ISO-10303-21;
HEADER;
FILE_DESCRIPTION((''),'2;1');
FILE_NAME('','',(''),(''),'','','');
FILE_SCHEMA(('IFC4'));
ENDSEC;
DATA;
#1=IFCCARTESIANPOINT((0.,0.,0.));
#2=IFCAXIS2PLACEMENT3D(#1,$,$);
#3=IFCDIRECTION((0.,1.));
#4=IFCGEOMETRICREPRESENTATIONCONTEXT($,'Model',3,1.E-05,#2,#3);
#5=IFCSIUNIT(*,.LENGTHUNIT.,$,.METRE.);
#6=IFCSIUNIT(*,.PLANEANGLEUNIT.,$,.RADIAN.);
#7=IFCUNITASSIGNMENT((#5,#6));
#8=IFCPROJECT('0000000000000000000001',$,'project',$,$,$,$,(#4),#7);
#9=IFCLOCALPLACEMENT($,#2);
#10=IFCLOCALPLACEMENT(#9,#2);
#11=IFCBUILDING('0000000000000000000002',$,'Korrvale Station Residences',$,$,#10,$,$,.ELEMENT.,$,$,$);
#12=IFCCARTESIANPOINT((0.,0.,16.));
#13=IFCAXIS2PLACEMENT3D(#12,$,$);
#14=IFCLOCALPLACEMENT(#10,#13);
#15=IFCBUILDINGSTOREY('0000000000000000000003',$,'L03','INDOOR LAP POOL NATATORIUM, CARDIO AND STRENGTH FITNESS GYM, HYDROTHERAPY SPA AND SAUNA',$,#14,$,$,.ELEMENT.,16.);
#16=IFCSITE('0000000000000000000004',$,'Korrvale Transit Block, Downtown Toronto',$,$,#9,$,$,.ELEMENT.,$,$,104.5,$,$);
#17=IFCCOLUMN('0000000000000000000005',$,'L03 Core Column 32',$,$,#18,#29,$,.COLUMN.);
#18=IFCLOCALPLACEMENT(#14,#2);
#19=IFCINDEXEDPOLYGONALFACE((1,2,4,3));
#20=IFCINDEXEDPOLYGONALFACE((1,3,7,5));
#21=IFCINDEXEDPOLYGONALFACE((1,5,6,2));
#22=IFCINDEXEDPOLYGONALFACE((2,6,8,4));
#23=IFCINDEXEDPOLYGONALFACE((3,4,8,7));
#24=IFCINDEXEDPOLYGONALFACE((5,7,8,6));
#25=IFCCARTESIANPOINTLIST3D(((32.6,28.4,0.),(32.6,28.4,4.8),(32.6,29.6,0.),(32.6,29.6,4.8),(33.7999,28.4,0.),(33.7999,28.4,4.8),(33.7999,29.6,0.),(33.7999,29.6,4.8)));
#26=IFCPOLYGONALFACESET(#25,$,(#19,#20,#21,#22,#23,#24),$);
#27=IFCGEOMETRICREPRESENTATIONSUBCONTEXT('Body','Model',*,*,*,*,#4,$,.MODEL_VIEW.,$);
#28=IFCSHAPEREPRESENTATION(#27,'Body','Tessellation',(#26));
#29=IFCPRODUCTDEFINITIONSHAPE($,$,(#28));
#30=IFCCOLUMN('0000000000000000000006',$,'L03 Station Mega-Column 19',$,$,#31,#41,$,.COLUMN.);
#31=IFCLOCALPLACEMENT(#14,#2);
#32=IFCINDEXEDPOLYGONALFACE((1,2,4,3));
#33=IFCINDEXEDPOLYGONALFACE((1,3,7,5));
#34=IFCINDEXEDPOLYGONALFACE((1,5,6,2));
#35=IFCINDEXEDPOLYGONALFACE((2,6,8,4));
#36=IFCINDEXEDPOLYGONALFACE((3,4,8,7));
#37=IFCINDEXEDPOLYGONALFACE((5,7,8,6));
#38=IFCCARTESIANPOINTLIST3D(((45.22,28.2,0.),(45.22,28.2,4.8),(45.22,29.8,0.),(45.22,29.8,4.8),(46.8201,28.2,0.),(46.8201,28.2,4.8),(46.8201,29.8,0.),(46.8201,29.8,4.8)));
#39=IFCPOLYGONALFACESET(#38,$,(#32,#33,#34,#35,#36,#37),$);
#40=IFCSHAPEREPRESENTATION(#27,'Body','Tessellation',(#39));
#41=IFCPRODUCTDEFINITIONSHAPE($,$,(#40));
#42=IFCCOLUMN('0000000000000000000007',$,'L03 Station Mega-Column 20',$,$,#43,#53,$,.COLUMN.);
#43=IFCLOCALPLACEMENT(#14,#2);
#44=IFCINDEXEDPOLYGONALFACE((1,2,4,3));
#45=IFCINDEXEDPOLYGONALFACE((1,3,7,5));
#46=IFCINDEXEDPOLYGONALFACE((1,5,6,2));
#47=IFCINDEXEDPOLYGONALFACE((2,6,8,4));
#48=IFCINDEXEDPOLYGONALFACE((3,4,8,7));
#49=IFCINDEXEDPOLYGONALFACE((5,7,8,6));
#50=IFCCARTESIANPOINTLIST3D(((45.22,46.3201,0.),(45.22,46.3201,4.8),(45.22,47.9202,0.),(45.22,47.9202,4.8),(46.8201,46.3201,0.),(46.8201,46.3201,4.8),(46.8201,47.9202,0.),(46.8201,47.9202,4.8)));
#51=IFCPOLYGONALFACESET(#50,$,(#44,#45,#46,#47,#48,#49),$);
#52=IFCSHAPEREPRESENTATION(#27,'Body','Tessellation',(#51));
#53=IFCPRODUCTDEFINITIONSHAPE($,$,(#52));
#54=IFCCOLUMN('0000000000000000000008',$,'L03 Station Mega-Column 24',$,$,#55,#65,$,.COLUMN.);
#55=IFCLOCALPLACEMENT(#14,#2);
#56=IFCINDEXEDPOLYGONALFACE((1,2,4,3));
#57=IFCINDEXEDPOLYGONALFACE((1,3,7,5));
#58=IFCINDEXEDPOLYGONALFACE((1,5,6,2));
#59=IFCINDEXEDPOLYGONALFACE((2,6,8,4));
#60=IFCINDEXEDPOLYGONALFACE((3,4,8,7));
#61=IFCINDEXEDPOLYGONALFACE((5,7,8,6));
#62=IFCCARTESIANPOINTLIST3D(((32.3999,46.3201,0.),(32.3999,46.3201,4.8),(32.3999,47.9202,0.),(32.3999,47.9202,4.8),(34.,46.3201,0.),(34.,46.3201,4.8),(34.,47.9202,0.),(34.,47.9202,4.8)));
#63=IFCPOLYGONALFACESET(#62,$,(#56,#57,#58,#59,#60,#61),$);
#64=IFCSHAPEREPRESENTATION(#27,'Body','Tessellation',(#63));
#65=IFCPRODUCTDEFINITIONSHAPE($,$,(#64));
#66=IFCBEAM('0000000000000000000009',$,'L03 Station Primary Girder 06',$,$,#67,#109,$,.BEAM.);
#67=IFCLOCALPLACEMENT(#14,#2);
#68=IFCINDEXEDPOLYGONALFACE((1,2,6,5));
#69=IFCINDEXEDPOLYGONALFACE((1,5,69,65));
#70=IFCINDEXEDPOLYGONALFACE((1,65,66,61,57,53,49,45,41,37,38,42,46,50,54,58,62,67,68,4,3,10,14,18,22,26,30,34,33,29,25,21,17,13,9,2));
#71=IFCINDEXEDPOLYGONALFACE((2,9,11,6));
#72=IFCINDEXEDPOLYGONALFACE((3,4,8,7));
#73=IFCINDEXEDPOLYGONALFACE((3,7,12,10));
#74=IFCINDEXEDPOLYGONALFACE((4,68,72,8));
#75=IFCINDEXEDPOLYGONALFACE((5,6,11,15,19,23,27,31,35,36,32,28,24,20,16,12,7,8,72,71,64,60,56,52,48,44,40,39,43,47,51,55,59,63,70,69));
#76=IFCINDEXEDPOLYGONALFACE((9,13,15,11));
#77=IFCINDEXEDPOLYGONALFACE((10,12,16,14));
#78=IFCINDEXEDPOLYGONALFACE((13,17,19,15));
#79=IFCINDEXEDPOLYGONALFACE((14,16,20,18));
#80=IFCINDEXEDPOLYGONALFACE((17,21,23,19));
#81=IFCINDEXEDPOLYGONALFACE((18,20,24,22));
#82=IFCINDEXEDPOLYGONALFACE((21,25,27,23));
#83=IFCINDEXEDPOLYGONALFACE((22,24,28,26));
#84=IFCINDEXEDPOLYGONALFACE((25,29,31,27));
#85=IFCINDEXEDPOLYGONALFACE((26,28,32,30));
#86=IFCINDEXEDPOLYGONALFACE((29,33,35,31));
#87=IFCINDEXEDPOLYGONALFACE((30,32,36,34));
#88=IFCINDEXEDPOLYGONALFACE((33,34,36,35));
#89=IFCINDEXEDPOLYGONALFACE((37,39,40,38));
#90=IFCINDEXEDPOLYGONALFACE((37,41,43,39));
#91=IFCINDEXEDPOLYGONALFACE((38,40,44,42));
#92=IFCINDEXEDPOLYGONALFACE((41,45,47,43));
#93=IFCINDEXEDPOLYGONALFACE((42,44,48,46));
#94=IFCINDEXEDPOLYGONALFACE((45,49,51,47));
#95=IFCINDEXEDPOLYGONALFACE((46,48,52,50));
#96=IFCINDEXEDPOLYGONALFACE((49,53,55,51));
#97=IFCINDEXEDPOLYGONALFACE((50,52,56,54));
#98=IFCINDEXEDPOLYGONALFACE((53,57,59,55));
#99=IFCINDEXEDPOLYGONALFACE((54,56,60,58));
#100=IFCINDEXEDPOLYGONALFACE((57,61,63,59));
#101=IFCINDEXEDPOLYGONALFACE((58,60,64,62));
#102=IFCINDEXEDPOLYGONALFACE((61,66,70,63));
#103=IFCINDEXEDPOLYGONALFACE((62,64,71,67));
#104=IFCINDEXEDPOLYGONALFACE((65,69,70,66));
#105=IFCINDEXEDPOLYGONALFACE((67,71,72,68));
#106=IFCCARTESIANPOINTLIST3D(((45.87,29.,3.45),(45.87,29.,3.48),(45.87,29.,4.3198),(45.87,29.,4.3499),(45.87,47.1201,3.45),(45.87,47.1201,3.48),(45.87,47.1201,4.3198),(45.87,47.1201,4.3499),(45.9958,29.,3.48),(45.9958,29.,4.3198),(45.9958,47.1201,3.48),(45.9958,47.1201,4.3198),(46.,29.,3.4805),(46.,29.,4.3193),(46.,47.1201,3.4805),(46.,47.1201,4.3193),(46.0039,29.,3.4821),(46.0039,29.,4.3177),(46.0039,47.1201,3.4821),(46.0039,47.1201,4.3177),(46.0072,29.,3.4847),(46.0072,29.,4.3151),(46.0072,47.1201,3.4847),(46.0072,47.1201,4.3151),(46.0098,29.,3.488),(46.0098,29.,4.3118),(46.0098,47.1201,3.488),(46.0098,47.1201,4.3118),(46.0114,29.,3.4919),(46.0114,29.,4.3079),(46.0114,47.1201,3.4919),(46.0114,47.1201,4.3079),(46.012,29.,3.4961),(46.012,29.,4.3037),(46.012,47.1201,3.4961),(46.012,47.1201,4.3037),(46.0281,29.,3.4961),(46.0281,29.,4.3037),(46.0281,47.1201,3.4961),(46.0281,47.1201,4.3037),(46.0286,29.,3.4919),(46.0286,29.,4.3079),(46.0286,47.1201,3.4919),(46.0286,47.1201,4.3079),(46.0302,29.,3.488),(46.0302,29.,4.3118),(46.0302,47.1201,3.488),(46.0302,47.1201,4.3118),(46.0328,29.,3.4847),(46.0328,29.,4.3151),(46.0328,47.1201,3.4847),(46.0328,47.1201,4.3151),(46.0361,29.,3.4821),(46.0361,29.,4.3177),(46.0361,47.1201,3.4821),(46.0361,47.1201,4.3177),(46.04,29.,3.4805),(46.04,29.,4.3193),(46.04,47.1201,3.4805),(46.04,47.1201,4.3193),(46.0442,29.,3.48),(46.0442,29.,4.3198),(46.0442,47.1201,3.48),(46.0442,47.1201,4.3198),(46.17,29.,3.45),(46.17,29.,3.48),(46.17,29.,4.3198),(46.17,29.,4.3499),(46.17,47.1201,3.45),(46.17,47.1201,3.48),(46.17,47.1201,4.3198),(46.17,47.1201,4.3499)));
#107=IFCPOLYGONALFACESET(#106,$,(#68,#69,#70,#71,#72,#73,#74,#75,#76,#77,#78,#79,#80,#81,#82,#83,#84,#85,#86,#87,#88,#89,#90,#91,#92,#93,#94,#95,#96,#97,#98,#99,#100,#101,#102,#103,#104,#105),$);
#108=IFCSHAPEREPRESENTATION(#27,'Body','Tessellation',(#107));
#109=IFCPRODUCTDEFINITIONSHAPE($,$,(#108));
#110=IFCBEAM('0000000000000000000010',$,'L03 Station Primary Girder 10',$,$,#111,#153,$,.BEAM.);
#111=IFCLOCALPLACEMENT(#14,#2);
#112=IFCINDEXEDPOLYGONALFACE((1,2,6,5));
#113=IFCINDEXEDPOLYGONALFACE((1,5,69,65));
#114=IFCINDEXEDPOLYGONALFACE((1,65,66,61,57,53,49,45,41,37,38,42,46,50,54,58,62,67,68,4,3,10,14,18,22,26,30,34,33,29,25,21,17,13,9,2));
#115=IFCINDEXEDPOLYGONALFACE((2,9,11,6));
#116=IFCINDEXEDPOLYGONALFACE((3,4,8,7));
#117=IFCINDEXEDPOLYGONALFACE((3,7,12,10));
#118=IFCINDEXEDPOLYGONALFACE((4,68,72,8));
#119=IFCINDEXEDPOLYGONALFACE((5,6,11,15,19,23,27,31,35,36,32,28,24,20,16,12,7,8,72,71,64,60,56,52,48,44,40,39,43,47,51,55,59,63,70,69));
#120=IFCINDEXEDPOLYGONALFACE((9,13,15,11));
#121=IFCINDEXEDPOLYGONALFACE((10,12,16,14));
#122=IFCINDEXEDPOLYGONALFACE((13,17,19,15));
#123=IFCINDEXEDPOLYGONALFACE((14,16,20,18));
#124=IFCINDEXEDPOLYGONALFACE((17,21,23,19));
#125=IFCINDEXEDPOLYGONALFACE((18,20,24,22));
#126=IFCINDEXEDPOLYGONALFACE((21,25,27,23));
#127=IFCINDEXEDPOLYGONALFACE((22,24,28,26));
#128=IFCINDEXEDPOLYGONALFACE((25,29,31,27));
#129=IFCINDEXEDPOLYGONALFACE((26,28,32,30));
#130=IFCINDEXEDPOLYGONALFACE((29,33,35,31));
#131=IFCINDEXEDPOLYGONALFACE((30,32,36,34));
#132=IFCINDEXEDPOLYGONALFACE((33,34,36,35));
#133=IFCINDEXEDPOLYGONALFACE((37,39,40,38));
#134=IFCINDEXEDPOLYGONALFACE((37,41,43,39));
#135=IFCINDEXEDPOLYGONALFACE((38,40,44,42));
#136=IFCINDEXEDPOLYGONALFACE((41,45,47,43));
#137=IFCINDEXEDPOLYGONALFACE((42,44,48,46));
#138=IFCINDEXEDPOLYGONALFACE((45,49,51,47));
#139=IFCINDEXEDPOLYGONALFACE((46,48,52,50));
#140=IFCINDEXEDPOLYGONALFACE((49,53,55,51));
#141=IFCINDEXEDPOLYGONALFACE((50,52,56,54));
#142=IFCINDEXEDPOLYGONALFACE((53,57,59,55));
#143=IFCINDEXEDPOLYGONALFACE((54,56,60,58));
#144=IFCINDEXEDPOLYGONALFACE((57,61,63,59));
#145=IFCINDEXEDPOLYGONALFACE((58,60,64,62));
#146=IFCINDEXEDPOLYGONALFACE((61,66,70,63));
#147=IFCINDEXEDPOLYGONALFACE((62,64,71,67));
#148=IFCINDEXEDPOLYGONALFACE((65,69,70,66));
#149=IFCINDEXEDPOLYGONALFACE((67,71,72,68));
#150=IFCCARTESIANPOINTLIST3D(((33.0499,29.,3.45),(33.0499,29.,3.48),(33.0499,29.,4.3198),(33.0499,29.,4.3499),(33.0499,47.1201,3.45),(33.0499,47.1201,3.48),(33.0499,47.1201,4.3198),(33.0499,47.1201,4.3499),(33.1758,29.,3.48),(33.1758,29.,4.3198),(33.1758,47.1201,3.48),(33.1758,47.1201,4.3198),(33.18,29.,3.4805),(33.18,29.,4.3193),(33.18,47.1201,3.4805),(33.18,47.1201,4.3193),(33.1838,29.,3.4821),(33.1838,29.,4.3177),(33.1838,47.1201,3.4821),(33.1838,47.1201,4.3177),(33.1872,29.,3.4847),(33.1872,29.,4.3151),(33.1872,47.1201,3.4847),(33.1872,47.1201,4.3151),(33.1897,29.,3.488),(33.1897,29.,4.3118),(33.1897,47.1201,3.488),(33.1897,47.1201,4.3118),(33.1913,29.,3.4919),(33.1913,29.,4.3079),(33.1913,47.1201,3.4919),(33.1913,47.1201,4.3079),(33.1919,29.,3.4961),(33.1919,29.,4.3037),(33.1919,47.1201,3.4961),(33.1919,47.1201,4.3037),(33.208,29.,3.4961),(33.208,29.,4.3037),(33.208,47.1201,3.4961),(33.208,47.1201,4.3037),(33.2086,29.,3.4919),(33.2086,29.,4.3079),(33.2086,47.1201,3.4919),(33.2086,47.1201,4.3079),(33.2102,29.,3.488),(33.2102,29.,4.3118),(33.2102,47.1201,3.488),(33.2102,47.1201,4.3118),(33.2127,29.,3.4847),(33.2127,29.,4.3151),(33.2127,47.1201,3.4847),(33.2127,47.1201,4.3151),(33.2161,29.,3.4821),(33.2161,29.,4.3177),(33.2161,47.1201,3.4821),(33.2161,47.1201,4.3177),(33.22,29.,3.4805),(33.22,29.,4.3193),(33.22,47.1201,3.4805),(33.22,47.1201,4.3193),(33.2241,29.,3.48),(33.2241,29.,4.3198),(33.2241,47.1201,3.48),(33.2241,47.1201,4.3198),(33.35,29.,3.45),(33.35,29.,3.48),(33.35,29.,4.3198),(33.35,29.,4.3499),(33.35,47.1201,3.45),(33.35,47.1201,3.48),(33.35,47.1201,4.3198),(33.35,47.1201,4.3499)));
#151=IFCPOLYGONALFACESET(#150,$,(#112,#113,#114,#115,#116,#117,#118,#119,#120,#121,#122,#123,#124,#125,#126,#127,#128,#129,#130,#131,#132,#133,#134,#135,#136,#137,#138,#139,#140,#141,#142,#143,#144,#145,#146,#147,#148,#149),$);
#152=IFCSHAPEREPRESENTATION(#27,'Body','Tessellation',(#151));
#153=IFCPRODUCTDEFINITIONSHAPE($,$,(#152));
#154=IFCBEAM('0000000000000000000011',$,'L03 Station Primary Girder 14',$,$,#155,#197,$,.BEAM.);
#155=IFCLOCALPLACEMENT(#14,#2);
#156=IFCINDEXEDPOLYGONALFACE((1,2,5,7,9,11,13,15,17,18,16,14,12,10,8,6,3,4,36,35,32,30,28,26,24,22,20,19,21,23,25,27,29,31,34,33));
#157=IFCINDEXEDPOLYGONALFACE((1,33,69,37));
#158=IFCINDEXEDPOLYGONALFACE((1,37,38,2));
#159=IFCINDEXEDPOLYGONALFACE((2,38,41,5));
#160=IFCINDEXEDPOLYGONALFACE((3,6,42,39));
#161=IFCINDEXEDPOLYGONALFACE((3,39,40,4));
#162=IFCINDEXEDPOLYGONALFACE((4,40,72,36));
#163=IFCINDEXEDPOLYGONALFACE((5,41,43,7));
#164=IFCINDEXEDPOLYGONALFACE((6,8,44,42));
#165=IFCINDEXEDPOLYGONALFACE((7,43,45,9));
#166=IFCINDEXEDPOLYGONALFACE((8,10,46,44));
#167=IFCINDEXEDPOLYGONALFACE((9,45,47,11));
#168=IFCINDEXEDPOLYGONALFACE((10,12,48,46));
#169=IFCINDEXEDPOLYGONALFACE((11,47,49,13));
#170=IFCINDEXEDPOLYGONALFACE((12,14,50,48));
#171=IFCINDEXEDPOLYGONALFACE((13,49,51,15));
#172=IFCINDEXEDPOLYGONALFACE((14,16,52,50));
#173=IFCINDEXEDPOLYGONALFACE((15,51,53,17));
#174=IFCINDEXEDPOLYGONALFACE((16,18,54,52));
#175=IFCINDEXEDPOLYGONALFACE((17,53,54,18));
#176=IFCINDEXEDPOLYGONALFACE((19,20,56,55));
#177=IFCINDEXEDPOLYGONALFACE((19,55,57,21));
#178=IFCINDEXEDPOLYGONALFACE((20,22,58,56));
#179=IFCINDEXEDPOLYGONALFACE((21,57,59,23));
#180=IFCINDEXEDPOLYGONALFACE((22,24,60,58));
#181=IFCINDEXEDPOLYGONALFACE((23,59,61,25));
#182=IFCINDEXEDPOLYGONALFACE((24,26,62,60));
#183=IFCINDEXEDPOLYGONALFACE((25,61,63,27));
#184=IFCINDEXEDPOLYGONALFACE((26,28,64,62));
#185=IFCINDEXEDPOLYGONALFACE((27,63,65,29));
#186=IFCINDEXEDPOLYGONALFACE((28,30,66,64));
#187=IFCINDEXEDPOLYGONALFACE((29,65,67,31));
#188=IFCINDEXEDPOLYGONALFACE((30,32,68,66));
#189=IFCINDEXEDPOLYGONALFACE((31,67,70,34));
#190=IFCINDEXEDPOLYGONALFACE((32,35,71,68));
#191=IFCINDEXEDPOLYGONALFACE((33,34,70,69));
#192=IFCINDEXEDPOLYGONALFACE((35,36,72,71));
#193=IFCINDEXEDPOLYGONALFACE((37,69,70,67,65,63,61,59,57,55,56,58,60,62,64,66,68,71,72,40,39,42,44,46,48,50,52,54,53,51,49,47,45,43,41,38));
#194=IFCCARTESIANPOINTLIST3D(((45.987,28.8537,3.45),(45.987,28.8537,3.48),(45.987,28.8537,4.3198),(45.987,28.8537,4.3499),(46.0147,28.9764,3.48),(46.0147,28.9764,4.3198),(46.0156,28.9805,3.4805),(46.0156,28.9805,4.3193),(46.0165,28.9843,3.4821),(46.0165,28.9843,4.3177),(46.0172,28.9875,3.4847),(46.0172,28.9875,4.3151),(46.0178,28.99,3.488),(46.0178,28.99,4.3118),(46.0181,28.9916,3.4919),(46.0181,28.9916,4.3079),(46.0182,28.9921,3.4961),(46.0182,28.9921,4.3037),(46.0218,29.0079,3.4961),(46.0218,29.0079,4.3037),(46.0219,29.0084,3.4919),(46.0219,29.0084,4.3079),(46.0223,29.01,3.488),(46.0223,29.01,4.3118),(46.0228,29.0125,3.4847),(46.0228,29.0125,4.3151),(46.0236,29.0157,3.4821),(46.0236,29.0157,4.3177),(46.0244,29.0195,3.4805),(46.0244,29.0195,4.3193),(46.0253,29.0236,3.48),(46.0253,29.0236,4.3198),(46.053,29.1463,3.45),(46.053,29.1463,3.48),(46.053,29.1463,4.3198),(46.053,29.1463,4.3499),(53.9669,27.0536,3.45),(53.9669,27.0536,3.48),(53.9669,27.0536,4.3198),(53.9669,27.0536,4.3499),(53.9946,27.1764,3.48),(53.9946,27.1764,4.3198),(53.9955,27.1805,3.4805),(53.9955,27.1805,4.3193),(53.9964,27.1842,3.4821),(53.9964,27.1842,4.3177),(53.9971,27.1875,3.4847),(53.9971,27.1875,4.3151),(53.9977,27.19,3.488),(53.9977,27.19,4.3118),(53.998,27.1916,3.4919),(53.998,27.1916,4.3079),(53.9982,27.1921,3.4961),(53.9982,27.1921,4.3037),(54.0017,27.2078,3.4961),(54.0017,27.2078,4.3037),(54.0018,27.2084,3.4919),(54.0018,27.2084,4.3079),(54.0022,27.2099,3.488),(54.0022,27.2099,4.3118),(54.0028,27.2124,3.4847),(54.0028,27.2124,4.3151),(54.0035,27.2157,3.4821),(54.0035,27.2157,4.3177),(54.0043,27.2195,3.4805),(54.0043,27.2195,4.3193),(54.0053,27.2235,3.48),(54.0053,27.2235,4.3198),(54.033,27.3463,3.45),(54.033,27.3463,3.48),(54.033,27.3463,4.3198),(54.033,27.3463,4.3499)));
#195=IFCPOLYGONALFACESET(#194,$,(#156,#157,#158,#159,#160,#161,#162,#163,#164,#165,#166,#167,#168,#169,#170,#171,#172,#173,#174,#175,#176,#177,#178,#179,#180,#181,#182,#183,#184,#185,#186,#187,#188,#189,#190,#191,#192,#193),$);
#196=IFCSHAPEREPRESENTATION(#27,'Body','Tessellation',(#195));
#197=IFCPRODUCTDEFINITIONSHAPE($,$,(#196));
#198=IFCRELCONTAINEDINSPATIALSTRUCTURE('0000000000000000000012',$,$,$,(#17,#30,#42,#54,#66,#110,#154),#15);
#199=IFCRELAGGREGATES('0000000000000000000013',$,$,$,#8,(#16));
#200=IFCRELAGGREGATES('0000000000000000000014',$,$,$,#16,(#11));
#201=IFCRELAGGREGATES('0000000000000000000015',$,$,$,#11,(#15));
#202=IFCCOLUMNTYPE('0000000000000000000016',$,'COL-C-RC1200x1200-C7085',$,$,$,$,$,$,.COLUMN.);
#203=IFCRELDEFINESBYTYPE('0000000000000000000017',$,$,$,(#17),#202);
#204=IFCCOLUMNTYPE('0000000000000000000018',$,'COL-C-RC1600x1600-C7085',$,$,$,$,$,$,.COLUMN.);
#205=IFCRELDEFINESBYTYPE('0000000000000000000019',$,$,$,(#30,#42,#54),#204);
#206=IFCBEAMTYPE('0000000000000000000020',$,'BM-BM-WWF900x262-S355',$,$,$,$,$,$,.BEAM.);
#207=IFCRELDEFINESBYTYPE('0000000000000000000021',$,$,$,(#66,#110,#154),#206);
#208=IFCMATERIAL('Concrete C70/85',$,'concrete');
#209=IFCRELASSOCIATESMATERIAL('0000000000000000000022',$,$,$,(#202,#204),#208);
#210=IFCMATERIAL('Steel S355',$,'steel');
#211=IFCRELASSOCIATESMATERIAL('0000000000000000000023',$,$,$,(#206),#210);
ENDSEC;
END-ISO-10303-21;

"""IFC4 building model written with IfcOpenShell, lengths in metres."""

from ifc_helpers import new_model, si_unit, direction, frame, origin, origin_2d, place, context, subcontext, project, spatial, rectangle, i_section, extrude, material, material_profile, profile_set, type_object, element, save


model = new_model("IFC4")

# Units and contexts
model_context = context("Model", 3, precision=1e-05, world=origin(), true_north=direction((0.0, 1.0)))
body_context = subcontext(model_context, "Body", "Model", "MODEL_VIEW")
ifc_project = project(units=[si_unit("LENGTHUNIT", "METRE"), si_unit("PLANEANGLEUNIT", "RADIAN")], contexts=[model_context])

# Site, building, storey
site_placement = place(None, origin())
site = spatial("IfcSite", under=ifc_project, at=site_placement, Name="Korrvale Transit Block, Downtown Toronto", CompositionType="ELEMENT", RefElevation=104.5)
building_placement = place(site_placement, origin())
building = spatial("IfcBuilding", under=site, at=building_placement, Name="Korrvale Station Residences", CompositionType="ELEMENT")
storey_placement = place(building_placement, frame((0.0, 0.0, 16.0)))
storey = spatial("IfcBuildingStorey", under=building, at=storey_placement, Name="L03", Description="INDOOR LAP POOL NATATORIUM, CARDIO AND STRENGTH FITNESS GYM, HYDROTHERAPY SPA AND SAUNA", CompositionType="ELEMENT", Elevation=16.0)

# Columns
ifc_material_1 = material(Name="Concrete C70/85", Category="concrete")
ifc_material_profile_1 = material_profile(ifc_material_1, rectangle(XDim=1.2, YDim=1.2, at=origin_2d()), Name="RC1200x1200")
ifc_profile_set_1 = profile_set([ifc_material_profile_1], Name="Concrete C70/85")
column_type_1 = type_object("IfcColumnType", Name="COL-C-RC1200x1200-C7085", PredefinedType="COLUMN", material=ifc_profile_set_1)
column_placement = place(storey_placement, frame((33.2, 29.0, 0.0), z_axis=(0.0, 0.0, 1.0), x_axis=(1.0, 0.0, 0.0)))
element("IfcColumn", 1, at=column_placement, inside=storey, type_object=column_type_1, Name="L03 Core Column 32", PredefinedType="COLUMN", context=body_context, shape_type="SweptSolid", body=[
    extrude(rectangle(XDim=1.2, YDim=1.2, at=origin_2d()), origin(), (0.0, 0.0, 1.0), 4.8),
])
ifc_material_profile_2 = material_profile(ifc_material_1, rectangle(XDim=1.6001, YDim=1.6001, at=origin_2d()), Name="RC1600x1600")
ifc_profile_set_2 = profile_set([ifc_material_profile_2], Name="Concrete C70/85")
column_type_2 = type_object("IfcColumnType", Name="COL-C-RC1600x1600-C7085", PredefinedType="COLUMN", material=ifc_profile_set_2)
for number, where, z_axis, x_axis, name in (
    (2, (46.02, 29.0, 0.0), (0.0, 0.0, 1.0), (1.0, 0.0, 0.0), "L03 Station Mega-Column 19"),
    (3, (46.02, 47.1201, 0.0), (0.0, 0.0, 1.0), (1.0, 0.0, 0.0), "L03 Station Mega-Column 20"),
    (4, (33.2, 47.1201, 0.0), (0.0, 0.0, 1.0), (1.0, 0.0, 0.0), "L03 Station Mega-Column 24"),
):
    element("IfcColumn", number, at=place(storey_placement, frame(where, z_axis=z_axis, x_axis=x_axis)), inside=storey, type_object=column_type_2, Name=name, PredefinedType="COLUMN", context=body_context, shape_type="SweptSolid", body=[
        extrude(rectangle(XDim=1.6001, YDim=1.6001, at=origin_2d()), origin(), (0.0, 0.0, 1.0), 4.8),
    ])

# Beams
ifc_material_2 = material(Name="Steel S355", Category="steel")
ifc_material_profile_3 = material_profile(ifc_material_2, i_section(OverallWidth=0.3, OverallDepth=0.8999, WebThickness=0.0161, FlangeThickness=0.03, FilletRadius=0.0161, at=origin_2d()), Name="WWF900x262")
ifc_profile_set_3 = profile_set([ifc_material_profile_3], Name="Steel S355")
beam_type_1 = type_object("IfcBeamType", Name="BM-BM-WWF900x262-S355", PredefinedType="BEAM", material=ifc_profile_set_3)
for number, where, z_axis, x_axis, name in (
    (5, (46.02, 29.0, 3.8999), (0.0, 1.0, 0.0), (-1.0, 0.0, 0.0), "L03 Station Primary Girder 06"),
    (6, (33.2, 29.0, 3.8999), (0.0, 1.0, 0.0), (-1.0, 0.0, 0.0), "L03 Station Primary Girder 10"),
):
    element("IfcBeam", number, at=place(storey_placement, frame(where, z_axis=z_axis, x_axis=x_axis)), inside=storey, type_object=beam_type_1, Name=name, PredefinedType="BEAM", context=body_context, shape_type="SweptSolid", body=[
        extrude(i_section(OverallWidth=0.3, OverallDepth=0.8999, WebThickness=0.0161, FlangeThickness=0.03, FilletRadius=0.0161, at=origin_2d()), origin(), (0.0, 0.0, 1.0), 18.1201),
    ])
beam_1_placement = place(storey_placement, frame((46.02, 29.0, 3.8999), z_axis=(0.97549, -0.220042, 0.0), x_axis=(0.220042, 0.97549, 0.0)))
element("IfcBeam", 7, at=beam_1_placement, inside=storey, type_object=beam_type_1, Name="L03 Station Primary Girder 14", PredefinedType="BEAM", context=body_context, shape_type="SweptSolid", body=[
    extrude(i_section(OverallWidth=0.3, OverallDepth=0.8999, WebThickness=0.0161, FlangeThickness=0.03, FilletRadius=0.0161, at=origin_2d()), origin(), (0.0, 0.0, 1.0), 8.1804),
])

save(model, "model.ifc")
